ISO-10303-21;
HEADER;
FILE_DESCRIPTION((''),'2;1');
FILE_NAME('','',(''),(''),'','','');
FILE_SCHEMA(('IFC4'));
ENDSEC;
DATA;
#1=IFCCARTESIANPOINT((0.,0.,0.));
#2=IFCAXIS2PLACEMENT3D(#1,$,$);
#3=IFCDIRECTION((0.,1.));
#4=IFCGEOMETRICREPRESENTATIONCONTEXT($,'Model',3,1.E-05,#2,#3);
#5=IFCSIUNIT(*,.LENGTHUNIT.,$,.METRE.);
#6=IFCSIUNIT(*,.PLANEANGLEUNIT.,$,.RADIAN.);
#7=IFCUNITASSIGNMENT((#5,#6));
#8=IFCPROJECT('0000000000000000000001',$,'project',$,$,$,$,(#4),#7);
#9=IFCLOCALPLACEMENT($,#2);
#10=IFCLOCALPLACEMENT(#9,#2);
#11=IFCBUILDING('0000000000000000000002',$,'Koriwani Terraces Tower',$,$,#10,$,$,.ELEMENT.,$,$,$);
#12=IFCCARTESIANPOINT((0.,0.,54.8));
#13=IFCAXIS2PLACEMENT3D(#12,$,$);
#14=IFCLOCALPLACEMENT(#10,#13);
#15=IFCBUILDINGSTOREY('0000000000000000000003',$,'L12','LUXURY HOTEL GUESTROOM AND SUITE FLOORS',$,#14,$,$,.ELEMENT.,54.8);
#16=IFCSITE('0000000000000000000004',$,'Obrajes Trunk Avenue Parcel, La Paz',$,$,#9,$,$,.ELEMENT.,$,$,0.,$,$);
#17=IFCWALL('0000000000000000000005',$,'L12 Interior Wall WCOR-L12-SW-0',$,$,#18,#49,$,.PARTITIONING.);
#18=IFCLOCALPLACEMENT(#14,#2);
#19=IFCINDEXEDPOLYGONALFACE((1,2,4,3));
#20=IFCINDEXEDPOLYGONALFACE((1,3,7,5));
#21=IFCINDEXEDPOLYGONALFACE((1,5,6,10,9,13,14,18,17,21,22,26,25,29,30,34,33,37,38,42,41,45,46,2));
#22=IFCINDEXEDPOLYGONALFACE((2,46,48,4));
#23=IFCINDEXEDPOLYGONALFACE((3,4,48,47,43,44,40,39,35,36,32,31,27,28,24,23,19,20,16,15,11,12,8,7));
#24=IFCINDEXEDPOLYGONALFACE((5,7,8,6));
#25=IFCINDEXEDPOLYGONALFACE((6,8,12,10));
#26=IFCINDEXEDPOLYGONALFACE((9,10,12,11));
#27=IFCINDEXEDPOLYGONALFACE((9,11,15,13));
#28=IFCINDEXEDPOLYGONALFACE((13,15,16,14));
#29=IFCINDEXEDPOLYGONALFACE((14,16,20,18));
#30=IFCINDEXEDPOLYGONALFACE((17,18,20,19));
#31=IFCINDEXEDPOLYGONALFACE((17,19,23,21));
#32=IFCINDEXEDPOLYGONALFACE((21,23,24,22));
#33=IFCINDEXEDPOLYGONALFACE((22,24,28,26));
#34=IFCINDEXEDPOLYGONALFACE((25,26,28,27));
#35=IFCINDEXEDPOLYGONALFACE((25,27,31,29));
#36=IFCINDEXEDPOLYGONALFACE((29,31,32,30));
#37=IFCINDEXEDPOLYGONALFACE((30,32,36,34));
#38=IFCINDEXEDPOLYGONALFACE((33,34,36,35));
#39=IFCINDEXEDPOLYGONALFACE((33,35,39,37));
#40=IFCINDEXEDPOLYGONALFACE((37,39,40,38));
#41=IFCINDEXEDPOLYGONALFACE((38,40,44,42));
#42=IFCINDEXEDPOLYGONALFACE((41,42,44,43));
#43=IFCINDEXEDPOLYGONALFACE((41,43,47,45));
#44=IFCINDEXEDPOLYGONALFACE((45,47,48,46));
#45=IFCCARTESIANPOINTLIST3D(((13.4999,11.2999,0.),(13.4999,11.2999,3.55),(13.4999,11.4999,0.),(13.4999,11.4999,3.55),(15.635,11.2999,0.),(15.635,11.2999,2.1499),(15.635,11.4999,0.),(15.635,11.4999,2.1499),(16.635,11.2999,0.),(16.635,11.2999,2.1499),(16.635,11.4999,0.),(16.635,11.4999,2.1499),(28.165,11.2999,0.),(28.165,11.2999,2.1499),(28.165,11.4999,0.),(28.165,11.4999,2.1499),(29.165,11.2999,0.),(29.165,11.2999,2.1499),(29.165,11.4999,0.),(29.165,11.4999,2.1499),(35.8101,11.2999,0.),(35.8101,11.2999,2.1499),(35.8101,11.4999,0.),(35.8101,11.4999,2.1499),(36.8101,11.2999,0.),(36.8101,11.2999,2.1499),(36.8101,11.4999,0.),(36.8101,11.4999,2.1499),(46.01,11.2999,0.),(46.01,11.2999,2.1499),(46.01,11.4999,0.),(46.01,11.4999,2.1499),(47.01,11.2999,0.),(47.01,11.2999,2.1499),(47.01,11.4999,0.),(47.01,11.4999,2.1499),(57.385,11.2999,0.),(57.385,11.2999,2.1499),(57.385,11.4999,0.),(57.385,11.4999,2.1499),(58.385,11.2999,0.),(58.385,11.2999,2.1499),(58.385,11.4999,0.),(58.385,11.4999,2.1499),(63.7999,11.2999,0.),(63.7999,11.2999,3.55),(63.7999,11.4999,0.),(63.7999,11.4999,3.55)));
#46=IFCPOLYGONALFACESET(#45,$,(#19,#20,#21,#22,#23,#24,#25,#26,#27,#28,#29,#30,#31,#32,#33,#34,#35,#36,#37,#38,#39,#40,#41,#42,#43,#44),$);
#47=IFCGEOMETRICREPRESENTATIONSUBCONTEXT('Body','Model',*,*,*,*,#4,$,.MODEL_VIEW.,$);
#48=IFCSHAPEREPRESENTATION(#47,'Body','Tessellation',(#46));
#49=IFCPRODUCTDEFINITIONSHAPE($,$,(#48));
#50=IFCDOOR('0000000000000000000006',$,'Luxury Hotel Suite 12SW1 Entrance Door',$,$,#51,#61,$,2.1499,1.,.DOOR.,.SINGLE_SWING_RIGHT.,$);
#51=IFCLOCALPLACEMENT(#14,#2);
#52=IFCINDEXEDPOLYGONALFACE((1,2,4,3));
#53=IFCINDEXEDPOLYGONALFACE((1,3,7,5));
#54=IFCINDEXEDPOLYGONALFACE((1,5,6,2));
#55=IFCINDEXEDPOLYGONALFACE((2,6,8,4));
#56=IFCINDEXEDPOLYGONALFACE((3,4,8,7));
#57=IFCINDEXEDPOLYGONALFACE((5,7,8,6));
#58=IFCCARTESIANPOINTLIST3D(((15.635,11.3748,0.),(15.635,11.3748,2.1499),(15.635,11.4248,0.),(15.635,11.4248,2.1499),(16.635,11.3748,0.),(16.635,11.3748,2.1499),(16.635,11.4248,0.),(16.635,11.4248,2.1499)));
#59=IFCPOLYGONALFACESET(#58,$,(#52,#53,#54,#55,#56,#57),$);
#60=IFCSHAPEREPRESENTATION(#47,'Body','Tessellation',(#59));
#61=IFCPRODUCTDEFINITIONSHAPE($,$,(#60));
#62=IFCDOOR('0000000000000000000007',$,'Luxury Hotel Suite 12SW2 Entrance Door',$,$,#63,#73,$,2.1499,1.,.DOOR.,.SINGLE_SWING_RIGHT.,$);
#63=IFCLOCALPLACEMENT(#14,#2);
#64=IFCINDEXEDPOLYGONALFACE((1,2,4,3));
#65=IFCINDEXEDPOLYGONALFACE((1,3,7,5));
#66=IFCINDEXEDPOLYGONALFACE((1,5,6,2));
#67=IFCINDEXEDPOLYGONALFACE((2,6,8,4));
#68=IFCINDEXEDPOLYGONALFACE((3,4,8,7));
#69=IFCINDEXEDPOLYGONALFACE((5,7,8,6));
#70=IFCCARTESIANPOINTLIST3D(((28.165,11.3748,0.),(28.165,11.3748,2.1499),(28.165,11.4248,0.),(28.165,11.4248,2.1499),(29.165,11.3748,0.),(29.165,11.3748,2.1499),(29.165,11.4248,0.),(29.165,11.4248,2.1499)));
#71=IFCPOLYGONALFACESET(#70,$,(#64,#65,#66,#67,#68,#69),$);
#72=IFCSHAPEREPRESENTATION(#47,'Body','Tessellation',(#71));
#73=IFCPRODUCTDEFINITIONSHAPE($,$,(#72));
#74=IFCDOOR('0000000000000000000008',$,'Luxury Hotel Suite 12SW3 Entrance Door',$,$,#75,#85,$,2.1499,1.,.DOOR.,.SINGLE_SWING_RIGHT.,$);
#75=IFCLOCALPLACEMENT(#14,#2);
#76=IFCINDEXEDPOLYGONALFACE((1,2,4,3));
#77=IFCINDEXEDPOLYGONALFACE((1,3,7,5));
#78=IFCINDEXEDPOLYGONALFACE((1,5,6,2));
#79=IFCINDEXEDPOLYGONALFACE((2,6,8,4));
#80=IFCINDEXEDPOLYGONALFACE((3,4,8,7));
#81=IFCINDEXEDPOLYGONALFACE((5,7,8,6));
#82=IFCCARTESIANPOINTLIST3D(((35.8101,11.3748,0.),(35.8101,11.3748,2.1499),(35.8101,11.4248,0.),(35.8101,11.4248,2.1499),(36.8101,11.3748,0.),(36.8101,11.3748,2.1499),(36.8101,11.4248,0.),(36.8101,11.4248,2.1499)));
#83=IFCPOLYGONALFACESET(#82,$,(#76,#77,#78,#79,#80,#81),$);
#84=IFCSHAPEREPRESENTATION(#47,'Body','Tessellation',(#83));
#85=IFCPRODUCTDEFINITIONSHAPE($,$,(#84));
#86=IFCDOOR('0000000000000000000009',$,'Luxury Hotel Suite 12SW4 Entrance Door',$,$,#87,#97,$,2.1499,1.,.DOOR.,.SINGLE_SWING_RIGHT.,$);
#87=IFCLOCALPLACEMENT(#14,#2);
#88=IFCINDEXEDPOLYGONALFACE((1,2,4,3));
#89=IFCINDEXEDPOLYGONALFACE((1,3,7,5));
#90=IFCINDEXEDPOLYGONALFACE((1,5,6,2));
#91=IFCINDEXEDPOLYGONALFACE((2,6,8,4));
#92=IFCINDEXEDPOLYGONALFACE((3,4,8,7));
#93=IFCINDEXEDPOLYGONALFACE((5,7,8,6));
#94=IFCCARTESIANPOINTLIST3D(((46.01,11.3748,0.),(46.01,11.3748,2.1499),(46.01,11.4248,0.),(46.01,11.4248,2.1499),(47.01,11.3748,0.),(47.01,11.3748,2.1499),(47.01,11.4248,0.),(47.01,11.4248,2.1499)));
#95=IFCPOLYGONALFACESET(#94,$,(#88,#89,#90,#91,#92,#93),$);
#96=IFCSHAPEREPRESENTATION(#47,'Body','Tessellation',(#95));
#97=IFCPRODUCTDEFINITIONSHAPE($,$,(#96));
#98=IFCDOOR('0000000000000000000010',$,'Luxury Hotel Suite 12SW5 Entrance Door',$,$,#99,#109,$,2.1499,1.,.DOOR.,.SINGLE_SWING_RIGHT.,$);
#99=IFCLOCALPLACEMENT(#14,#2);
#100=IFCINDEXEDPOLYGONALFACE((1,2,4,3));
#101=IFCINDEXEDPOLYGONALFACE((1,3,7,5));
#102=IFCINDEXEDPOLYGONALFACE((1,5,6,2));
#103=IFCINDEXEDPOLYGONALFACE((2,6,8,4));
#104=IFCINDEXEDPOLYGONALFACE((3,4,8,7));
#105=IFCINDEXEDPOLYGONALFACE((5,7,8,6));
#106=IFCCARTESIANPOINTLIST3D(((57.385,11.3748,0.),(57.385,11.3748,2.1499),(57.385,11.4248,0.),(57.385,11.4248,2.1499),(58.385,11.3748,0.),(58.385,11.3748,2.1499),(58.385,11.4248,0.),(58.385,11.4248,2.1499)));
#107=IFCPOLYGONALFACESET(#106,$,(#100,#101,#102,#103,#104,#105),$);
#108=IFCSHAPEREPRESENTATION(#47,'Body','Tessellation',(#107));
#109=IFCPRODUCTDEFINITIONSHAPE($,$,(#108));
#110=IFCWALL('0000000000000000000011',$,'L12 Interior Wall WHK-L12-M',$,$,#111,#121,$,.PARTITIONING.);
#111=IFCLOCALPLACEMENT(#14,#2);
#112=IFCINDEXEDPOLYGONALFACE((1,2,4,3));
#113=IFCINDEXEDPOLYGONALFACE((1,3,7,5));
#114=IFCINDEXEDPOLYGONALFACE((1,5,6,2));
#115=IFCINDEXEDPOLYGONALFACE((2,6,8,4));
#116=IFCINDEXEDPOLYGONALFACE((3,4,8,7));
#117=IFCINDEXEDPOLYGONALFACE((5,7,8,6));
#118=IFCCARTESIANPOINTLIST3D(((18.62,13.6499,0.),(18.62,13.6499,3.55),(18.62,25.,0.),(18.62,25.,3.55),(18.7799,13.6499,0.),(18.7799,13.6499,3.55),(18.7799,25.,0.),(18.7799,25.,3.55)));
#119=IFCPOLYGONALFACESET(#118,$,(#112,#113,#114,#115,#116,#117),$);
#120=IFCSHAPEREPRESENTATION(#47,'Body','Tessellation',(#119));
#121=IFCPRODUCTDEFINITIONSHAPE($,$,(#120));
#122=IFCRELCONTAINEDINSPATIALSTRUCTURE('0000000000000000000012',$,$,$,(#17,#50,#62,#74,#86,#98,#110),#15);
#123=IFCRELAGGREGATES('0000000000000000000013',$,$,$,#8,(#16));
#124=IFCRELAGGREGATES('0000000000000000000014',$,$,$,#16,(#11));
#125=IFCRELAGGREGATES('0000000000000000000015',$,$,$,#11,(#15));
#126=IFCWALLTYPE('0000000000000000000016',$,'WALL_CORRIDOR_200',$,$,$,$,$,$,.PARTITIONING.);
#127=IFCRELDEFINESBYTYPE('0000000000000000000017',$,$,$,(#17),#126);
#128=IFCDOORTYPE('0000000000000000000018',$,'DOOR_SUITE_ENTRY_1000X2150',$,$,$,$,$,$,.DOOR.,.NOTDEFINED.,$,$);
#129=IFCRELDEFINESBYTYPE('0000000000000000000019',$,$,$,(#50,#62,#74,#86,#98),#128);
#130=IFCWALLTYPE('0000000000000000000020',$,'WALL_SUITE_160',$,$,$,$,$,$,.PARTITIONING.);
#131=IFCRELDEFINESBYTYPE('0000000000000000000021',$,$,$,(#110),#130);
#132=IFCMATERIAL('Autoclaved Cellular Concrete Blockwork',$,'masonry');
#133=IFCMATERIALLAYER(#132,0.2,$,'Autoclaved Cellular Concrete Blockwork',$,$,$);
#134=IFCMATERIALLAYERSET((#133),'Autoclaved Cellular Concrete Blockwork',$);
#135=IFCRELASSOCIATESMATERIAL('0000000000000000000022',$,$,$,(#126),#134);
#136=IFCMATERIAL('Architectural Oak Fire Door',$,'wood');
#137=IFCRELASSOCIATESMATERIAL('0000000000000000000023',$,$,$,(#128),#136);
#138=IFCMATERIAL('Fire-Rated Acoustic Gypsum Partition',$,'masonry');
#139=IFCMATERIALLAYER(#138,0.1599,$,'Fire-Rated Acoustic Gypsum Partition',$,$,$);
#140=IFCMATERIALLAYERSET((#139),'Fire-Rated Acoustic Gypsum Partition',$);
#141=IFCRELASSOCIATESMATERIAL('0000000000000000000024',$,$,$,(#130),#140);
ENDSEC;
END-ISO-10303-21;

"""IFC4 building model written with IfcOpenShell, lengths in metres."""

from ifc_helpers import new_model, si_unit, direction, frame, frame_2d, origin, place, context, subcontext, project, spatial, rectangle, extrude, material, layer, layer_set, type_object, element, fill, save


model = new_model("IFC4")

# Units and contexts
model_context = context("Model", 3, precision=1e-05, world=origin(), true_north=direction((0.0, 1.0)))
body_context = subcontext(model_context, "Body", "Model", "MODEL_VIEW")
ifc_project = project(units=[si_unit("LENGTHUNIT", "METRE"), si_unit("PLANEANGLEUNIT", "RADIAN")], contexts=[model_context])

# Site, building, storey
site_placement = place(None, origin())
site = spatial("IfcSite", under=ifc_project, at=site_placement, Name="Obrajes Trunk Avenue Parcel, La Paz", CompositionType="ELEMENT", RefElevation=0.0)
building_placement = place(site_placement, origin())
building = spatial("IfcBuilding", under=site, at=building_placement, Name="Koriwani Terraces Tower", CompositionType="ELEMENT")
storey_placement = place(building_placement, frame((0.0, 0.0, 54.8)))
storey = spatial("IfcBuildingStorey", under=building, at=storey_placement, Name="L12", Description="LUXURY HOTEL GUESTROOM AND SUITE FLOORS", CompositionType="ELEMENT", Elevation=54.8)

# Shared definitions
ifc_material_1 = material(Name="Autoclaved Cellular Concrete Blockwork", Category="masonry")
ifc_layer_1 = layer(ifc_material_1, 0.2, Name="Autoclaved Cellular Concrete Blockwork")
ifc_layer_set_1 = layer_set([ifc_layer_1], Name="Autoclaved Cellular Concrete Blockwork")
wall_type_1 = type_object("IfcWallType", Name="WALL_CORRIDOR_200", PredefinedType="PARTITIONING", material=ifc_layer_set_1)
ifc_material_2 = material(Name="Architectural Oak Fire Door", Category="wood")

# Wall, openings, doors
wall_1_placement = place(storey_placement, frame((13.5, 11.3999, 0.0), z_axis=(0.0, 0.0, 1.0), x_axis=(1.0, 0.0, 0.0)))
wall_1 = element("IfcWall", 1, at=wall_1_placement, inside=storey, type_object=wall_type_1, Name="L12 Interior Wall WCOR-L12-SW-0", PredefinedType="PARTITIONING", context=body_context, shape_type="SweptSolid", body=[
    extrude(rectangle(XDim=50.3, YDim=0.2, at=frame_2d((25.1499, 0.0))), origin(), (0.0, 0.0, 1.0), 3.55),
])
opening_1_placement = place(wall_1_placement, frame((2.135, 0.0, 0.0)))
opening_1 = element("IfcOpeningElement", 2, at=opening_1_placement, cuts=wall_1, PredefinedType="OPENING", context=body_context, shape_type="SweptSolid", body=[
    extrude(rectangle(XDim=1.0, YDim=2.1499, at=frame_2d((0.5, 1.075))), frame((0.0, 0.1099, 0.0), z_axis=(0.0, -1.0, 0.0), x_axis=(1.0, 0.0, 0.0)), (0.0, 0.0, 1.0), 0.22),
])
opening_2_placement = place(wall_1_placement, frame((14.665, 0.0, 0.0)))
opening_2 = element("IfcOpeningElement", 3, at=opening_2_placement, cuts=wall_1, PredefinedType="OPENING", context=body_context, shape_type="SweptSolid", body=[
    extrude(rectangle(XDim=1.0, YDim=2.1499, at=frame_2d((0.5, 1.075))), frame((0.0, 0.1099, 0.0), z_axis=(0.0, -1.0, 0.0), x_axis=(1.0, 0.0, 0.0)), (0.0, 0.0, 1.0), 0.22),
])
opening_3_placement = place(wall_1_placement, frame((22.3101, 0.0, 0.0)))
opening_3 = element("IfcOpeningElement", 4, at=opening_3_placement, cuts=wall_1, PredefinedType="OPENING", context=body_context, shape_type="SweptSolid", body=[
    extrude(rectangle(XDim=1.0, YDim=2.1499, at=frame_2d((0.5, 1.075))), frame((0.0, 0.1099, 0.0), z_axis=(0.0, -1.0, 0.0), x_axis=(1.0, 0.0, 0.0)), (0.0, 0.0, 1.0), 0.22),
])
opening_4_placement = place(wall_1_placement, frame((32.51, 0.0, 0.0)))
opening_4 = element("IfcOpeningElement", 5, at=opening_4_placement, cuts=wall_1, PredefinedType="OPENING", context=body_context, shape_type="SweptSolid", body=[
    extrude(rectangle(XDim=1.0, YDim=2.1499, at=frame_2d((0.5, 1.075))), frame((0.0, 0.1099, 0.0), z_axis=(0.0, -1.0, 0.0), x_axis=(1.0, 0.0, 0.0)), (0.0, 0.0, 1.0), 0.22),
])
opening_5_placement = place(wall_1_placement, frame((43.885, 0.0, 0.0)))
opening_5 = element("IfcOpeningElement", 6, at=opening_5_placement, cuts=wall_1, PredefinedType="OPENING", context=body_context, shape_type="SweptSolid", body=[
    extrude(rectangle(XDim=1.0, YDim=2.1499, at=frame_2d((0.5, 1.075))), frame((0.0, 0.1099, 0.0), z_axis=(0.0, -1.0, 0.0), x_axis=(1.0, 0.0, 0.0)), (0.0, 0.0, 1.0), 0.22),
])
door_type_1 = type_object("IfcDoorType", Name="DOOR_SUITE_ENTRY_1000X2150", OperationType="NOTDEFINED", PredefinedType="DOOR", material=ifc_material_2)
door_1_placement = place(opening_1_placement, origin())
door_1 = element("IfcDoor", 7, at=door_1_placement, inside=storey, type_object=door_type_1, Name="Luxury Hotel Suite 12SW1 Entrance Door", OperationType="SINGLE_SWING_RIGHT", OverallHeight=2.1499, OverallWidth=1.0, PredefinedType="DOOR", context=body_context, shape_type="SweptSolid", body=[
    extrude(rectangle(XDim=1.0, YDim=2.1499, at=frame_2d((0.5, 1.075))), frame((0.0, 0.0249, 0.0), z_axis=(0.0, -1.0, 0.0), x_axis=(1.0, 0.0, 0.0)), (0.0, 0.0, 1.0), 0.05),
])
fill(opening_1, door_1)
door_2_placement = place(opening_2_placement, origin())
door_2 = element("IfcDoor", 8, at=door_2_placement, inside=storey, type_object=door_type_1, Name="Luxury Hotel Suite 12SW2 Entrance Door", OperationType="SINGLE_SWING_RIGHT", OverallHeight=2.1499, OverallWidth=1.0, PredefinedType="DOOR", context=body_context, shape_type="SweptSolid", body=[
    extrude(rectangle(XDim=1.0, YDim=2.1499, at=frame_2d((0.5, 1.075))), frame((0.0, 0.0249, 0.0), z_axis=(0.0, -1.0, 0.0), x_axis=(1.0, 0.0, 0.0)), (0.0, 0.0, 1.0), 0.05),
])
fill(opening_2, door_2)
door_3_placement = place(opening_3_placement, origin())
door_3 = element("IfcDoor", 9, at=door_3_placement, inside=storey, type_object=door_type_1, Name="Luxury Hotel Suite 12SW3 Entrance Door", OperationType="SINGLE_SWING_RIGHT", OverallHeight=2.1499, OverallWidth=1.0, PredefinedType="DOOR", context=body_context, shape_type="SweptSolid", body=[
    extrude(rectangle(XDim=1.0, YDim=2.1499, at=frame_2d((0.5, 1.075))), frame((0.0, 0.0249, 0.0), z_axis=(0.0, -1.0, 0.0), x_axis=(1.0, 0.0, 0.0)), (0.0, 0.0, 1.0), 0.05),
])
fill(opening_3, door_3)
door_4_placement = place(opening_4_placement, origin())
door_4 = element("IfcDoor", 10, at=door_4_placement, inside=storey, type_object=door_type_1, Name="Luxury Hotel Suite 12SW4 Entrance Door", OperationType="SINGLE_SWING_RIGHT", OverallHeight=2.1499, OverallWidth=1.0, PredefinedType="DOOR", context=body_context, shape_type="SweptSolid", body=[
    extrude(rectangle(XDim=1.0, YDim=2.1499, at=frame_2d((0.5, 1.075))), frame((0.0, 0.0249, 0.0), z_axis=(0.0, -1.0, 0.0), x_axis=(1.0, 0.0, 0.0)), (0.0, 0.0, 1.0), 0.05),
])
fill(opening_4, door_4)
door_5_placement = place(opening_5_placement, origin())
door_5 = element("IfcDoor", 11, at=door_5_placement, inside=storey, type_object=door_type_1, Name="Luxury Hotel Suite 12SW5 Entrance Door", OperationType="SINGLE_SWING_RIGHT", OverallHeight=2.1499, OverallWidth=1.0, PredefinedType="DOOR", context=body_context, shape_type="SweptSolid", body=[
    extrude(rectangle(XDim=1.0, YDim=2.1499, at=frame_2d((0.5, 1.075))), frame((0.0, 0.0249, 0.0), z_axis=(0.0, -1.0, 0.0), x_axis=(1.0, 0.0, 0.0)), (0.0, 0.0, 1.0), 0.05),
])
fill(opening_5, door_5)

# Wall
ifc_material_3 = material(Name="Fire-Rated Acoustic Gypsum Partition", Category="masonry")
ifc_layer_2 = layer(ifc_material_3, 0.1599, Name="Fire-Rated Acoustic Gypsum Partition")
ifc_layer_set_2 = layer_set([ifc_layer_2], Name="Fire-Rated Acoustic Gypsum Partition")
wall_type_2 = type_object("IfcWallType", Name="WALL_SUITE_160", PredefinedType="PARTITIONING", material=ifc_layer_set_2)
wall_2_placement = place(storey_placement, frame((18.7, 13.6499, 0.0), z_axis=(0.0, 0.0, 1.0), x_axis=(0.0, 1.0, 0.0)))
element("IfcWall", 12, at=wall_2_placement, inside=storey, type_object=wall_type_2, Name="L12 Interior Wall WHK-L12-M", PredefinedType="PARTITIONING", context=body_context, shape_type="SweptSolid", body=[
    extrude(rectangle(XDim=11.3501, YDim=0.1599, at=frame_2d((5.675, 0.0))), origin(), (0.0, 0.0, 1.0), 3.55),
])

save(model, "model.ifc")
